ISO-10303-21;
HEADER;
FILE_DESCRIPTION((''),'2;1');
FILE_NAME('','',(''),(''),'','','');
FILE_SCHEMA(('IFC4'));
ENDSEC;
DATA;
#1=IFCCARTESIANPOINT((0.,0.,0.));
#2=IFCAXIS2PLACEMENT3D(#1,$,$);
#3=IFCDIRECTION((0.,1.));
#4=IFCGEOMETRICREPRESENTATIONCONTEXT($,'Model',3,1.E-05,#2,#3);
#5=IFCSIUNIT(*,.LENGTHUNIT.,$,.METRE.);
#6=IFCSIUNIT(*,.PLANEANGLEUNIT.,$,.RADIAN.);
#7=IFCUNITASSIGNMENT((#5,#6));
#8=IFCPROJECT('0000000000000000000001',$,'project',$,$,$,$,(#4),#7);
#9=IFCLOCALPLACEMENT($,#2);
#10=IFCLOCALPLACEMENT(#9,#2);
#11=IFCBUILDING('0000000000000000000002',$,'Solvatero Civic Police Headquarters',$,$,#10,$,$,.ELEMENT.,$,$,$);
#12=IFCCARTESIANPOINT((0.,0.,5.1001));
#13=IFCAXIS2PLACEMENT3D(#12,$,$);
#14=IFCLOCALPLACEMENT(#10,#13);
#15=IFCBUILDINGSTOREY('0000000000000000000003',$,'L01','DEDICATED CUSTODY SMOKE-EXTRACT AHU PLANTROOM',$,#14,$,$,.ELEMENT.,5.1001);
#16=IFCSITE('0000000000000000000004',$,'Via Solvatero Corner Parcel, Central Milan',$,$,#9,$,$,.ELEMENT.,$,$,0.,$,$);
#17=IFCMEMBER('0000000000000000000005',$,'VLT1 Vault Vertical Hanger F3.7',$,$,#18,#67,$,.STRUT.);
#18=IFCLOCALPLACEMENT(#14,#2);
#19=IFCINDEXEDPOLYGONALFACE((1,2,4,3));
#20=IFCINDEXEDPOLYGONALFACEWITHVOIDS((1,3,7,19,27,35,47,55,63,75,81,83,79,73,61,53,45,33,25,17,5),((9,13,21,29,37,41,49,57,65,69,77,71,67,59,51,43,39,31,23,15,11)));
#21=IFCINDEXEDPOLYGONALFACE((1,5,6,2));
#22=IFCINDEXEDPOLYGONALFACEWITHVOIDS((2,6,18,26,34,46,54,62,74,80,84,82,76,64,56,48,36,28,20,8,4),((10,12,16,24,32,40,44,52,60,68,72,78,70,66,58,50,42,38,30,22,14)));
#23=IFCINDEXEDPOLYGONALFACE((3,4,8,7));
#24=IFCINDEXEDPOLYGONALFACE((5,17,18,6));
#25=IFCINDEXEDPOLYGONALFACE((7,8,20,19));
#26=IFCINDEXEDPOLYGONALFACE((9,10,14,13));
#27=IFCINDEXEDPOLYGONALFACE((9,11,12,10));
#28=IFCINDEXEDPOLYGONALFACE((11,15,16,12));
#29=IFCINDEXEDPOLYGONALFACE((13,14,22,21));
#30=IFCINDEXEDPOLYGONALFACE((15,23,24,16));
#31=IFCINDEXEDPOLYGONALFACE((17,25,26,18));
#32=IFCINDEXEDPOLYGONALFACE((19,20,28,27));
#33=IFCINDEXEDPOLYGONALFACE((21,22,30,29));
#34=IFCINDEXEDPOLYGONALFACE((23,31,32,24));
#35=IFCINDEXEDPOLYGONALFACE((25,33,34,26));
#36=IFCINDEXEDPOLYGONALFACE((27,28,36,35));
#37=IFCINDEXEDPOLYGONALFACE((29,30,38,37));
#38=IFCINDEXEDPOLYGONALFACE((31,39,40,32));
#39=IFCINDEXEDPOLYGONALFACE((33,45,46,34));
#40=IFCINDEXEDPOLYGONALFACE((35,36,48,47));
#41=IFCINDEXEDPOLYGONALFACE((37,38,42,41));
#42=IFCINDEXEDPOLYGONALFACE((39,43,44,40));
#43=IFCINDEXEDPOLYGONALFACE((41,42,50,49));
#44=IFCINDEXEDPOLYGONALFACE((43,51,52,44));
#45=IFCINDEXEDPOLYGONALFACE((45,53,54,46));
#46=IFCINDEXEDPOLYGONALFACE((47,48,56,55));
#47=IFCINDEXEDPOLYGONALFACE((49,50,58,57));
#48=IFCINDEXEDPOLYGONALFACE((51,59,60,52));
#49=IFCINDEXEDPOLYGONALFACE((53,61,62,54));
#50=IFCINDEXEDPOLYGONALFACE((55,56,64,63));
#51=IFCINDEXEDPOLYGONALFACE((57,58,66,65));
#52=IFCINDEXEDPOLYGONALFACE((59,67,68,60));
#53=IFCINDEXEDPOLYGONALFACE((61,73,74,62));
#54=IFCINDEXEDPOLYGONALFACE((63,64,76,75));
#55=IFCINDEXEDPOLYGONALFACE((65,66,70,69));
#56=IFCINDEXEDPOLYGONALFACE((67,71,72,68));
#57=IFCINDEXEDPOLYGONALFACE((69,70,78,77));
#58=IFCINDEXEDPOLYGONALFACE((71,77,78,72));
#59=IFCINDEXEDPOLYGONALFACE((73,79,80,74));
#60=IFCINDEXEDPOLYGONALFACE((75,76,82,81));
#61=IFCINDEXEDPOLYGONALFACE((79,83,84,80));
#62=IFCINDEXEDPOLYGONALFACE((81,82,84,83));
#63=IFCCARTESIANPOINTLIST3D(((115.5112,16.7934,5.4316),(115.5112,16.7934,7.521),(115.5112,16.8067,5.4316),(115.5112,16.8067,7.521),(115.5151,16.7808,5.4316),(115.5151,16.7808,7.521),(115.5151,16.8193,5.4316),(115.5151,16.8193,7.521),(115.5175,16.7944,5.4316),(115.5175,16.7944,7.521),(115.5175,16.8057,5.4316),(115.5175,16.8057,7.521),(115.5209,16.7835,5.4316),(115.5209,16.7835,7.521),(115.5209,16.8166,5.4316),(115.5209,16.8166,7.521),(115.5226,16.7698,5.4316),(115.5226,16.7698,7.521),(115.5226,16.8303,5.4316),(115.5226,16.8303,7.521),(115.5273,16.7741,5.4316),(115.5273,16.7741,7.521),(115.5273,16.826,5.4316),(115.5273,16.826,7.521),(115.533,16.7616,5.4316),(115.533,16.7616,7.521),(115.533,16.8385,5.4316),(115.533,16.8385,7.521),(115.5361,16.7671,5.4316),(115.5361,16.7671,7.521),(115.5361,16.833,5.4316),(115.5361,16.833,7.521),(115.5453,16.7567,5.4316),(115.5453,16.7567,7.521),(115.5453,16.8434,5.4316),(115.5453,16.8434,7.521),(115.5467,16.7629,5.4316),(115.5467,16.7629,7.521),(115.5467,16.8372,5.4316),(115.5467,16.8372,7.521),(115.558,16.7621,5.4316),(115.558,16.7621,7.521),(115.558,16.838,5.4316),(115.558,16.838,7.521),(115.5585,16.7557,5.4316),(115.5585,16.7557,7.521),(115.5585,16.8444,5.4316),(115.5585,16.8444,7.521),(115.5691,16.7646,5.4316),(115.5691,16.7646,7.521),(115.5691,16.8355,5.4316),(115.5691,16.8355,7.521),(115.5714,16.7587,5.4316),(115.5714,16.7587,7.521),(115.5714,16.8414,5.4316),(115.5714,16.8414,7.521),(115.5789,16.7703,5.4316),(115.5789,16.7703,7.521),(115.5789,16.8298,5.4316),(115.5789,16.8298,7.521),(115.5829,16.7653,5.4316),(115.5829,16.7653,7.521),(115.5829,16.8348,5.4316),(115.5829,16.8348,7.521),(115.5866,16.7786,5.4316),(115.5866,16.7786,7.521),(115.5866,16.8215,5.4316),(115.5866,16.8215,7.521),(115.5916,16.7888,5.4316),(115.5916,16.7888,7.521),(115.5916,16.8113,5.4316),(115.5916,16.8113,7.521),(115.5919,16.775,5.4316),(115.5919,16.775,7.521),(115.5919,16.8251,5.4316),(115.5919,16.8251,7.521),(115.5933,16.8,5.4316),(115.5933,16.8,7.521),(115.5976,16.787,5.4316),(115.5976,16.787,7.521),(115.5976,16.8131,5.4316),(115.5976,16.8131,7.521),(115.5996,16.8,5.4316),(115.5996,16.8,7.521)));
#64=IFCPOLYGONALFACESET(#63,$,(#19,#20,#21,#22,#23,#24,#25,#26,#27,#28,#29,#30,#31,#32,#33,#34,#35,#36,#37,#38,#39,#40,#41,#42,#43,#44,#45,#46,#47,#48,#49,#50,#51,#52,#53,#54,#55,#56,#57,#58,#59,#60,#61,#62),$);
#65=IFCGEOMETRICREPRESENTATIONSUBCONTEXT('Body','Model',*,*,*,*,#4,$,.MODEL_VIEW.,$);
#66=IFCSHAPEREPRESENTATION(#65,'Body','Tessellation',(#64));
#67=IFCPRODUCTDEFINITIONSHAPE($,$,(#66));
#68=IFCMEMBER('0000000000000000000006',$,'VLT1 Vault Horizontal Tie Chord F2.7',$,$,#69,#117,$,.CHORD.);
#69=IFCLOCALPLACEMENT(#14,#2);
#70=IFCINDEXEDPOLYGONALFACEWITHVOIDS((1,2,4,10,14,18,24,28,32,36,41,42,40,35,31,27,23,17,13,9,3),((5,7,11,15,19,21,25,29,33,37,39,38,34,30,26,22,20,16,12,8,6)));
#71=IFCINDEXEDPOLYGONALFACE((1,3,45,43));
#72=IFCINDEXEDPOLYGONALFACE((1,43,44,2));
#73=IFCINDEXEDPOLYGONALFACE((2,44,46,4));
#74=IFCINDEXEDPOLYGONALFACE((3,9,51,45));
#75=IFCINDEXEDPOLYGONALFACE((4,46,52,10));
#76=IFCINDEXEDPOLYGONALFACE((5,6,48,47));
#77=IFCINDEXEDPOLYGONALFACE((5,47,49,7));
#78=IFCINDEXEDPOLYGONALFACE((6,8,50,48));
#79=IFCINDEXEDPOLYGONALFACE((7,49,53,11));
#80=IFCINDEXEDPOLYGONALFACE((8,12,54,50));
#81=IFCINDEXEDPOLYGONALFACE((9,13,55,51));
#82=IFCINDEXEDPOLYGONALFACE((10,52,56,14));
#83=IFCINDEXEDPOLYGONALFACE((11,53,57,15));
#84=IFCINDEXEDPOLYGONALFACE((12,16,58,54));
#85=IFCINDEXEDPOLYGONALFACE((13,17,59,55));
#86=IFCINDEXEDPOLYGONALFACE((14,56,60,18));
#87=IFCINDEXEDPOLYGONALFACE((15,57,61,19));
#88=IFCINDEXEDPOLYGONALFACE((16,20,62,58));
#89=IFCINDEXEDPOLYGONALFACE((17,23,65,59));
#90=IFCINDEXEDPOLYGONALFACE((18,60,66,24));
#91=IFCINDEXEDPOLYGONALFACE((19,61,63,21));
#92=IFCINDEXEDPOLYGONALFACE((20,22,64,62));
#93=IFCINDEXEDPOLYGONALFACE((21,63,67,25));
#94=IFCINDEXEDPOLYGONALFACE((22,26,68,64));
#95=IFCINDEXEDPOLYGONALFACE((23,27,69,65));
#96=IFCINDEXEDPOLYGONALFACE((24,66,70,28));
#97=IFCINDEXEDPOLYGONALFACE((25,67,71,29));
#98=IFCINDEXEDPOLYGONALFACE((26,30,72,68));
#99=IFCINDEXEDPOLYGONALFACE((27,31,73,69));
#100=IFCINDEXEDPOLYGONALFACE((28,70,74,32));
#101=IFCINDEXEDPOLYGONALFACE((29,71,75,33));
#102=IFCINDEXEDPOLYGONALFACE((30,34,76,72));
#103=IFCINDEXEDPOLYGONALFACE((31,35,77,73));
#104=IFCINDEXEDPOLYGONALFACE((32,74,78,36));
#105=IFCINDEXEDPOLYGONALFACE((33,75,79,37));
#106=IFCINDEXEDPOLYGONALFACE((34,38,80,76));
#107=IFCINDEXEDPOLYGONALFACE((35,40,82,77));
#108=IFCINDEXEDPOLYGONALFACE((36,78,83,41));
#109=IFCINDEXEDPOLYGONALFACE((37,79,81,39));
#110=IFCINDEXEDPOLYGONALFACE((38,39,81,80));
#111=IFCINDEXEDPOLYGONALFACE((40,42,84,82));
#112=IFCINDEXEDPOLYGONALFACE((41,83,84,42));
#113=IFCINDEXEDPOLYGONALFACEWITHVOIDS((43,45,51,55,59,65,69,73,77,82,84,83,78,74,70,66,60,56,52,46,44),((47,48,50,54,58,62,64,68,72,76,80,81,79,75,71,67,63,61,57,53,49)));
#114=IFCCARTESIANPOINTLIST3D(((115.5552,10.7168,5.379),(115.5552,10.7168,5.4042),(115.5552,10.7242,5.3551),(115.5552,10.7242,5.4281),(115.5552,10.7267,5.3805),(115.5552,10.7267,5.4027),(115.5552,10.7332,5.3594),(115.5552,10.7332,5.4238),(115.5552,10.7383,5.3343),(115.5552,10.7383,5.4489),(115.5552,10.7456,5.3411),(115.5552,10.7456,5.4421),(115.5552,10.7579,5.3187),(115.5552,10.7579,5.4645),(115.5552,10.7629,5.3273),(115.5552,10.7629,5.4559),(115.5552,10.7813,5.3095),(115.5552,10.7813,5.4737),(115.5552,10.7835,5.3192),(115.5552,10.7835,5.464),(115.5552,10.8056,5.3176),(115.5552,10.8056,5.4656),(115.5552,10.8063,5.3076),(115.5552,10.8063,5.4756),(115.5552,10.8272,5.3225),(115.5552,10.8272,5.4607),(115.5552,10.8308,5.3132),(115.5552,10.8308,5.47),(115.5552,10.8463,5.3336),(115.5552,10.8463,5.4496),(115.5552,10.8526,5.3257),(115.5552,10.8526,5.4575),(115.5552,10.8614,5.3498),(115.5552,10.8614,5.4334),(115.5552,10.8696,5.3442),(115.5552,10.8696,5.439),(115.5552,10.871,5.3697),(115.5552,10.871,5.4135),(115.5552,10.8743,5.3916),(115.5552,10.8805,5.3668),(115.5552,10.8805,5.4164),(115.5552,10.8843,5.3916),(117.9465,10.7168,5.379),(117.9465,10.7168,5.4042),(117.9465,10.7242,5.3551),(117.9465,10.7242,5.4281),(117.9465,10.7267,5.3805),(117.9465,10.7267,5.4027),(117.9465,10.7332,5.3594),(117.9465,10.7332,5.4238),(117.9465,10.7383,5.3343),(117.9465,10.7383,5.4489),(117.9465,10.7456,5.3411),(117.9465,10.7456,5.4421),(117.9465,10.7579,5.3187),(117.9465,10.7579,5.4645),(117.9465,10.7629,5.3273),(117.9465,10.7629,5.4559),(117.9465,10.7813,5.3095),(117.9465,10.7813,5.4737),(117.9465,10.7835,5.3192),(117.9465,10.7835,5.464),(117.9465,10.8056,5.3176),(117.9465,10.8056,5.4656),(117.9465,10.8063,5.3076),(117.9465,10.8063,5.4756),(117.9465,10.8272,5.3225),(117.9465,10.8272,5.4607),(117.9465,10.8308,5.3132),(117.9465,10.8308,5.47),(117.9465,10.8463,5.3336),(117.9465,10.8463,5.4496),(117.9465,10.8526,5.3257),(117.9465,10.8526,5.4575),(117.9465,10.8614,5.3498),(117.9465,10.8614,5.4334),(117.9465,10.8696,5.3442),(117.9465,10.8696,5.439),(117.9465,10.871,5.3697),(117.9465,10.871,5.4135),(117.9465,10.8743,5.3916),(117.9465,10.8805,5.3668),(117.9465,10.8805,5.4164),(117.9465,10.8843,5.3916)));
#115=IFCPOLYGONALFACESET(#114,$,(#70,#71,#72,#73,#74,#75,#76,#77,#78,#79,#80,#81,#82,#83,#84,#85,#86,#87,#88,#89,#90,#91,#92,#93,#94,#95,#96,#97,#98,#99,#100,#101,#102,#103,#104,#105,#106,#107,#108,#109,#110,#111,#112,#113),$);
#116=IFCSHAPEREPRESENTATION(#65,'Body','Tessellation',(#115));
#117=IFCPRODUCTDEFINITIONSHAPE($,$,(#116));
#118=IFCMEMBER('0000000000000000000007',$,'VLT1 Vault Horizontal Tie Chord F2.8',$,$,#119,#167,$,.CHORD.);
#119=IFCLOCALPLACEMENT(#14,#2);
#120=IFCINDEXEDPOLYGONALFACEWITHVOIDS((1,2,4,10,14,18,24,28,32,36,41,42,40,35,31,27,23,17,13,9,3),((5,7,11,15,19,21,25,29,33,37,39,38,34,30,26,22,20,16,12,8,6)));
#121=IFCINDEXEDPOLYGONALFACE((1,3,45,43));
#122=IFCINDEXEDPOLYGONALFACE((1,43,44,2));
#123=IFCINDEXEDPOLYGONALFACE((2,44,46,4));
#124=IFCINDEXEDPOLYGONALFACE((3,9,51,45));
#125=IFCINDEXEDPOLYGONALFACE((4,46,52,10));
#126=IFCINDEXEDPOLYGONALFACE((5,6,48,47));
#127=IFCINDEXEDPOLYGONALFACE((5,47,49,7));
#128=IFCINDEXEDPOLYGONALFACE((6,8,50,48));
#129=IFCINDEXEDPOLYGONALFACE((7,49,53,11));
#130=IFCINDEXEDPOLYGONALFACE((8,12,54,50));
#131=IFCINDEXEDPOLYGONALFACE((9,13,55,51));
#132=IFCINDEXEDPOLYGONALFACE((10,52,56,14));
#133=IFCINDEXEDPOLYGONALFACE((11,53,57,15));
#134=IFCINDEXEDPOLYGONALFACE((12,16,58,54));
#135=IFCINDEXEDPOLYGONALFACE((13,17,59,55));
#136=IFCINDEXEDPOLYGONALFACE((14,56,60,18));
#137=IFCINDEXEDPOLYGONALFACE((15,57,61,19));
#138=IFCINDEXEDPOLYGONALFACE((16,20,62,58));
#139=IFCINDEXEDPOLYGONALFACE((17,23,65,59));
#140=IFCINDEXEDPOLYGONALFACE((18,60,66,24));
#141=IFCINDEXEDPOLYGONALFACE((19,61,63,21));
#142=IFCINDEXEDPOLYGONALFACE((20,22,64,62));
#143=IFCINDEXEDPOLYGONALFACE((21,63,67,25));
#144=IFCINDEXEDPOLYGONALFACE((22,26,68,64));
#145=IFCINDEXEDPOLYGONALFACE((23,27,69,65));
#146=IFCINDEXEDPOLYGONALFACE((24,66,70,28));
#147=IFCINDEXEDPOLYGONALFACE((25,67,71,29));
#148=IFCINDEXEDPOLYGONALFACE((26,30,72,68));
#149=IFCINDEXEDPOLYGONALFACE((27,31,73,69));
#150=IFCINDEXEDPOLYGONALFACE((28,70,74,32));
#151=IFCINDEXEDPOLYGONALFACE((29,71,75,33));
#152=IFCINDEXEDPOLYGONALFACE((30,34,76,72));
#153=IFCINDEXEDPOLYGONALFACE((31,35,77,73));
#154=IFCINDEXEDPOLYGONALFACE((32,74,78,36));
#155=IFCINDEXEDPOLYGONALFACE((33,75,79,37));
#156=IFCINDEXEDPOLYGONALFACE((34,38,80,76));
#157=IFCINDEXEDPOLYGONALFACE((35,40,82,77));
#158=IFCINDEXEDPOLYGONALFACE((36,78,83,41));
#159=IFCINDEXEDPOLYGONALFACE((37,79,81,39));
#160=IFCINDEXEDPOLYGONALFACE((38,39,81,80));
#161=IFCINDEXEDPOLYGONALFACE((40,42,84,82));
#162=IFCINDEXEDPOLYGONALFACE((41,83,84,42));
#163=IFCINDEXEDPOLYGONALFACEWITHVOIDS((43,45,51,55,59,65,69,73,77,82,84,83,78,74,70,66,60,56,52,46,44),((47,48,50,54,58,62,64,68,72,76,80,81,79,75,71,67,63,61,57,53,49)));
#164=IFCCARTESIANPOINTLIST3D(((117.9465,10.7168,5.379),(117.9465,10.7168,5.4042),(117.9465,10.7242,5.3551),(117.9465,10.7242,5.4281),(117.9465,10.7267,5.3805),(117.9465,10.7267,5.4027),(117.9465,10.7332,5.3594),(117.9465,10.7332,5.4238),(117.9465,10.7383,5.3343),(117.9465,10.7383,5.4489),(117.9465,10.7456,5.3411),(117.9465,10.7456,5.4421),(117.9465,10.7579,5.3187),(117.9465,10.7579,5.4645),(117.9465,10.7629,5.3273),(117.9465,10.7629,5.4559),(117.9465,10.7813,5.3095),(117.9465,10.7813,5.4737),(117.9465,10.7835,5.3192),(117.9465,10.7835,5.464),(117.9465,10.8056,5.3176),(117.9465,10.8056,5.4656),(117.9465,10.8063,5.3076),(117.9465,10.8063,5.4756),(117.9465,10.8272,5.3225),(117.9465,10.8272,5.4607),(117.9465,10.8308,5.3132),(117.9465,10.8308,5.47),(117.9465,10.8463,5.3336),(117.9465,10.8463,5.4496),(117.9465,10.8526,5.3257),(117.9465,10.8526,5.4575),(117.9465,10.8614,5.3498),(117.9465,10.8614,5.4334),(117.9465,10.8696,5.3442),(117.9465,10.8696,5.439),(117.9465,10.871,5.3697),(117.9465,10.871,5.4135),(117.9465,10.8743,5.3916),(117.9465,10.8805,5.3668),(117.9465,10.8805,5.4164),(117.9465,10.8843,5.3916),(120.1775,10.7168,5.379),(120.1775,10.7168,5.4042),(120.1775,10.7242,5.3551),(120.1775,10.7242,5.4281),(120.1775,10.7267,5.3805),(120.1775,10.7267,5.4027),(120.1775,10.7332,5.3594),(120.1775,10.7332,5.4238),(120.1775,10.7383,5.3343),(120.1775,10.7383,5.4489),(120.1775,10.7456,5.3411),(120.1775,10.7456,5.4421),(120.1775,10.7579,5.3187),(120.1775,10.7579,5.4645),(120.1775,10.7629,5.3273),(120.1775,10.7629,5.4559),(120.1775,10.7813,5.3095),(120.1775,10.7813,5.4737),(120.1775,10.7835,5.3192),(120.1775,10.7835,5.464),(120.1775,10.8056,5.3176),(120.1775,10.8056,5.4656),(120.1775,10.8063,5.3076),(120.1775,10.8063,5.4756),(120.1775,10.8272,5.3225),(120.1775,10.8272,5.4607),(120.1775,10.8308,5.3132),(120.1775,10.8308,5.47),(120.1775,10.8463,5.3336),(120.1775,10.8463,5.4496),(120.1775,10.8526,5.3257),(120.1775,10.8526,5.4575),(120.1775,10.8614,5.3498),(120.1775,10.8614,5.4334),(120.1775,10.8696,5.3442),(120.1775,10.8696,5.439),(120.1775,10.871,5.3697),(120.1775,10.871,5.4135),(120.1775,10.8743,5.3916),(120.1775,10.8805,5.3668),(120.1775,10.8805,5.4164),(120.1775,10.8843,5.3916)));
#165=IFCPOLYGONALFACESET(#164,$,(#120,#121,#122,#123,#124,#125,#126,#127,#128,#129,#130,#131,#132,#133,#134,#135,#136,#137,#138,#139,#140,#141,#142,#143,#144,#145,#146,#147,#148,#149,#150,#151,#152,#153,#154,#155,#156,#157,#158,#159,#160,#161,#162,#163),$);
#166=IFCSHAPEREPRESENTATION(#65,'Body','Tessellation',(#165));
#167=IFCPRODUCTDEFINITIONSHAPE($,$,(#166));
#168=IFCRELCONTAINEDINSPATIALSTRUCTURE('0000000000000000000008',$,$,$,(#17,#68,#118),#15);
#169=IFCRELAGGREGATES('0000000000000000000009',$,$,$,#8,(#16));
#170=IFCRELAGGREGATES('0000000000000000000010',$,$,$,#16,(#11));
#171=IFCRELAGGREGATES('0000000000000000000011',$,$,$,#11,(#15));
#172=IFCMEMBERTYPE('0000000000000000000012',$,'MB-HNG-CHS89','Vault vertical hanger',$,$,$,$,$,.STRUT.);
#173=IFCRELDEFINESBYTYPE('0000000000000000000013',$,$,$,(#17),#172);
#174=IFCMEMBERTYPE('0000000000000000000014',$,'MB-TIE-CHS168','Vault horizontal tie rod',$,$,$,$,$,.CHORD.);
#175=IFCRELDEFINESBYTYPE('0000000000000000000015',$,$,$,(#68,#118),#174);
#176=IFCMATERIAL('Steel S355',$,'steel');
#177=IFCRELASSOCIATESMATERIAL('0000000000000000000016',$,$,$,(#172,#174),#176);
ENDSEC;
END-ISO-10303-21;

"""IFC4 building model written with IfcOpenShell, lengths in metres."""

from ifc_helpers import new_model, si_unit, direction, frame, origin, origin_2d, place, context, subcontext, project, spatial, hollow_circle, extrude, material, material_profile, profile_set, type_object, element, save


model = new_model("IFC4")

# Units and contexts
model_context = context("Model", 3, precision=1e-05, world=origin(), true_north=direction((0.0, 1.0)))
body_context = subcontext(model_context, "Body", "Model", "MODEL_VIEW")
ifc_project = project(units=[si_unit("LENGTHUNIT", "METRE"), si_unit("PLANEANGLEUNIT", "RADIAN")], contexts=[model_context])

# Site, building, storey
site_placement = place(None, origin())
site = spatial("IfcSite", under=ifc_project, at=site_placement, Name="Via Solvatero Corner Parcel, Central Milan", CompositionType="ELEMENT", RefElevation=0.0)
building_placement = place(site_placement, origin())
building = spatial("IfcBuilding", under=site, at=building_placement, Name="Solvatero Civic Police Headquarters", CompositionType="ELEMENT")
storey_placement = place(building_placement, frame((0.0, 0.0, 5.1001)))
storey = spatial("IfcBuildingStorey", under=building, at=storey_placement, Name="L01", Description="DEDICATED CUSTODY SMOKE-EXTRACT AHU PLANTROOM", CompositionType="ELEMENT", Elevation=5.1001)

# Shared definitions
ifc_material_1 = material(Name="Steel S355", Category="steel")

# Members
ifc_material_profile_1 = material_profile(ifc_material_1, hollow_circle(Radius=0.0444, WallThickness=0.0063, at=origin_2d()), Name="CHS 88.9x6.3")
ifc_profile_set_1 = profile_set([ifc_material_profile_1], Name="Steel S355")
member_type_1 = type_object("IfcMemberType", Name="MB-HNG-CHS89", Description="Vault vertical hanger", PredefinedType="STRUT", material=ifc_profile_set_1)
member_1_placement = place(storey_placement, frame((115.5552, 16.8, 5.4316), z_axis=(0.0, 0.0, 1.0), x_axis=(1.0, 0.0, 0.0)))
element("IfcMember", 1, at=member_1_placement, inside=storey, type_object=member_type_1, Name="VLT1 Vault Vertical Hanger F3.7", PredefinedType="STRUT", context=body_context, shape_type="SweptSolid", body=[
    extrude(hollow_circle(Radius=0.0444, WallThickness=0.0063, at=origin_2d()), origin(), (0.0, 0.0, 1.0), 2.0894),
])
ifc_material_profile_2 = material_profile(ifc_material_1, hollow_circle(Radius=0.0842, WallThickness=0.01, at=origin_2d()), Name="CHS 168.3x10.0")
ifc_profile_set_2 = profile_set([ifc_material_profile_2], Name="Steel S355")
member_type_2 = type_object("IfcMemberType", Name="MB-TIE-CHS168", Description="Vault horizontal tie rod", PredefinedType="CHORD", material=ifc_profile_set_2)
member_2_placement = place(storey_placement, frame((115.5552, 10.8, 5.3916), z_axis=(1.0, 0.0, 0.0), x_axis=(0.0, 1.0, 0.0)))
element("IfcMember", 2, at=member_2_placement, inside=storey, type_object=member_type_2, Name="VLT1 Vault Horizontal Tie Chord F2.7", PredefinedType="CHORD", context=body_context, shape_type="SweptSolid", body=[
    extrude(hollow_circle(Radius=0.0842, WallThickness=0.01, at=origin_2d()), origin(), (0.0, 0.0, 1.0), 2.3914),
])
member_3_placement = place(storey_placement, frame((117.9465, 10.8, 5.3916), z_axis=(1.0, 0.0, 0.0), x_axis=(0.0, 1.0, 0.0)))
element("IfcMember", 3, at=member_3_placement, inside=storey, type_object=member_type_2, Name="VLT1 Vault Horizontal Tie Chord F2.8", PredefinedType="CHORD", context=body_context, shape_type="SweptSolid", body=[
    extrude(hollow_circle(Radius=0.0842, WallThickness=0.01, at=origin_2d()), origin(), (0.0, 0.0, 1.0), 2.231),
])

save(model, "model.ifc")
